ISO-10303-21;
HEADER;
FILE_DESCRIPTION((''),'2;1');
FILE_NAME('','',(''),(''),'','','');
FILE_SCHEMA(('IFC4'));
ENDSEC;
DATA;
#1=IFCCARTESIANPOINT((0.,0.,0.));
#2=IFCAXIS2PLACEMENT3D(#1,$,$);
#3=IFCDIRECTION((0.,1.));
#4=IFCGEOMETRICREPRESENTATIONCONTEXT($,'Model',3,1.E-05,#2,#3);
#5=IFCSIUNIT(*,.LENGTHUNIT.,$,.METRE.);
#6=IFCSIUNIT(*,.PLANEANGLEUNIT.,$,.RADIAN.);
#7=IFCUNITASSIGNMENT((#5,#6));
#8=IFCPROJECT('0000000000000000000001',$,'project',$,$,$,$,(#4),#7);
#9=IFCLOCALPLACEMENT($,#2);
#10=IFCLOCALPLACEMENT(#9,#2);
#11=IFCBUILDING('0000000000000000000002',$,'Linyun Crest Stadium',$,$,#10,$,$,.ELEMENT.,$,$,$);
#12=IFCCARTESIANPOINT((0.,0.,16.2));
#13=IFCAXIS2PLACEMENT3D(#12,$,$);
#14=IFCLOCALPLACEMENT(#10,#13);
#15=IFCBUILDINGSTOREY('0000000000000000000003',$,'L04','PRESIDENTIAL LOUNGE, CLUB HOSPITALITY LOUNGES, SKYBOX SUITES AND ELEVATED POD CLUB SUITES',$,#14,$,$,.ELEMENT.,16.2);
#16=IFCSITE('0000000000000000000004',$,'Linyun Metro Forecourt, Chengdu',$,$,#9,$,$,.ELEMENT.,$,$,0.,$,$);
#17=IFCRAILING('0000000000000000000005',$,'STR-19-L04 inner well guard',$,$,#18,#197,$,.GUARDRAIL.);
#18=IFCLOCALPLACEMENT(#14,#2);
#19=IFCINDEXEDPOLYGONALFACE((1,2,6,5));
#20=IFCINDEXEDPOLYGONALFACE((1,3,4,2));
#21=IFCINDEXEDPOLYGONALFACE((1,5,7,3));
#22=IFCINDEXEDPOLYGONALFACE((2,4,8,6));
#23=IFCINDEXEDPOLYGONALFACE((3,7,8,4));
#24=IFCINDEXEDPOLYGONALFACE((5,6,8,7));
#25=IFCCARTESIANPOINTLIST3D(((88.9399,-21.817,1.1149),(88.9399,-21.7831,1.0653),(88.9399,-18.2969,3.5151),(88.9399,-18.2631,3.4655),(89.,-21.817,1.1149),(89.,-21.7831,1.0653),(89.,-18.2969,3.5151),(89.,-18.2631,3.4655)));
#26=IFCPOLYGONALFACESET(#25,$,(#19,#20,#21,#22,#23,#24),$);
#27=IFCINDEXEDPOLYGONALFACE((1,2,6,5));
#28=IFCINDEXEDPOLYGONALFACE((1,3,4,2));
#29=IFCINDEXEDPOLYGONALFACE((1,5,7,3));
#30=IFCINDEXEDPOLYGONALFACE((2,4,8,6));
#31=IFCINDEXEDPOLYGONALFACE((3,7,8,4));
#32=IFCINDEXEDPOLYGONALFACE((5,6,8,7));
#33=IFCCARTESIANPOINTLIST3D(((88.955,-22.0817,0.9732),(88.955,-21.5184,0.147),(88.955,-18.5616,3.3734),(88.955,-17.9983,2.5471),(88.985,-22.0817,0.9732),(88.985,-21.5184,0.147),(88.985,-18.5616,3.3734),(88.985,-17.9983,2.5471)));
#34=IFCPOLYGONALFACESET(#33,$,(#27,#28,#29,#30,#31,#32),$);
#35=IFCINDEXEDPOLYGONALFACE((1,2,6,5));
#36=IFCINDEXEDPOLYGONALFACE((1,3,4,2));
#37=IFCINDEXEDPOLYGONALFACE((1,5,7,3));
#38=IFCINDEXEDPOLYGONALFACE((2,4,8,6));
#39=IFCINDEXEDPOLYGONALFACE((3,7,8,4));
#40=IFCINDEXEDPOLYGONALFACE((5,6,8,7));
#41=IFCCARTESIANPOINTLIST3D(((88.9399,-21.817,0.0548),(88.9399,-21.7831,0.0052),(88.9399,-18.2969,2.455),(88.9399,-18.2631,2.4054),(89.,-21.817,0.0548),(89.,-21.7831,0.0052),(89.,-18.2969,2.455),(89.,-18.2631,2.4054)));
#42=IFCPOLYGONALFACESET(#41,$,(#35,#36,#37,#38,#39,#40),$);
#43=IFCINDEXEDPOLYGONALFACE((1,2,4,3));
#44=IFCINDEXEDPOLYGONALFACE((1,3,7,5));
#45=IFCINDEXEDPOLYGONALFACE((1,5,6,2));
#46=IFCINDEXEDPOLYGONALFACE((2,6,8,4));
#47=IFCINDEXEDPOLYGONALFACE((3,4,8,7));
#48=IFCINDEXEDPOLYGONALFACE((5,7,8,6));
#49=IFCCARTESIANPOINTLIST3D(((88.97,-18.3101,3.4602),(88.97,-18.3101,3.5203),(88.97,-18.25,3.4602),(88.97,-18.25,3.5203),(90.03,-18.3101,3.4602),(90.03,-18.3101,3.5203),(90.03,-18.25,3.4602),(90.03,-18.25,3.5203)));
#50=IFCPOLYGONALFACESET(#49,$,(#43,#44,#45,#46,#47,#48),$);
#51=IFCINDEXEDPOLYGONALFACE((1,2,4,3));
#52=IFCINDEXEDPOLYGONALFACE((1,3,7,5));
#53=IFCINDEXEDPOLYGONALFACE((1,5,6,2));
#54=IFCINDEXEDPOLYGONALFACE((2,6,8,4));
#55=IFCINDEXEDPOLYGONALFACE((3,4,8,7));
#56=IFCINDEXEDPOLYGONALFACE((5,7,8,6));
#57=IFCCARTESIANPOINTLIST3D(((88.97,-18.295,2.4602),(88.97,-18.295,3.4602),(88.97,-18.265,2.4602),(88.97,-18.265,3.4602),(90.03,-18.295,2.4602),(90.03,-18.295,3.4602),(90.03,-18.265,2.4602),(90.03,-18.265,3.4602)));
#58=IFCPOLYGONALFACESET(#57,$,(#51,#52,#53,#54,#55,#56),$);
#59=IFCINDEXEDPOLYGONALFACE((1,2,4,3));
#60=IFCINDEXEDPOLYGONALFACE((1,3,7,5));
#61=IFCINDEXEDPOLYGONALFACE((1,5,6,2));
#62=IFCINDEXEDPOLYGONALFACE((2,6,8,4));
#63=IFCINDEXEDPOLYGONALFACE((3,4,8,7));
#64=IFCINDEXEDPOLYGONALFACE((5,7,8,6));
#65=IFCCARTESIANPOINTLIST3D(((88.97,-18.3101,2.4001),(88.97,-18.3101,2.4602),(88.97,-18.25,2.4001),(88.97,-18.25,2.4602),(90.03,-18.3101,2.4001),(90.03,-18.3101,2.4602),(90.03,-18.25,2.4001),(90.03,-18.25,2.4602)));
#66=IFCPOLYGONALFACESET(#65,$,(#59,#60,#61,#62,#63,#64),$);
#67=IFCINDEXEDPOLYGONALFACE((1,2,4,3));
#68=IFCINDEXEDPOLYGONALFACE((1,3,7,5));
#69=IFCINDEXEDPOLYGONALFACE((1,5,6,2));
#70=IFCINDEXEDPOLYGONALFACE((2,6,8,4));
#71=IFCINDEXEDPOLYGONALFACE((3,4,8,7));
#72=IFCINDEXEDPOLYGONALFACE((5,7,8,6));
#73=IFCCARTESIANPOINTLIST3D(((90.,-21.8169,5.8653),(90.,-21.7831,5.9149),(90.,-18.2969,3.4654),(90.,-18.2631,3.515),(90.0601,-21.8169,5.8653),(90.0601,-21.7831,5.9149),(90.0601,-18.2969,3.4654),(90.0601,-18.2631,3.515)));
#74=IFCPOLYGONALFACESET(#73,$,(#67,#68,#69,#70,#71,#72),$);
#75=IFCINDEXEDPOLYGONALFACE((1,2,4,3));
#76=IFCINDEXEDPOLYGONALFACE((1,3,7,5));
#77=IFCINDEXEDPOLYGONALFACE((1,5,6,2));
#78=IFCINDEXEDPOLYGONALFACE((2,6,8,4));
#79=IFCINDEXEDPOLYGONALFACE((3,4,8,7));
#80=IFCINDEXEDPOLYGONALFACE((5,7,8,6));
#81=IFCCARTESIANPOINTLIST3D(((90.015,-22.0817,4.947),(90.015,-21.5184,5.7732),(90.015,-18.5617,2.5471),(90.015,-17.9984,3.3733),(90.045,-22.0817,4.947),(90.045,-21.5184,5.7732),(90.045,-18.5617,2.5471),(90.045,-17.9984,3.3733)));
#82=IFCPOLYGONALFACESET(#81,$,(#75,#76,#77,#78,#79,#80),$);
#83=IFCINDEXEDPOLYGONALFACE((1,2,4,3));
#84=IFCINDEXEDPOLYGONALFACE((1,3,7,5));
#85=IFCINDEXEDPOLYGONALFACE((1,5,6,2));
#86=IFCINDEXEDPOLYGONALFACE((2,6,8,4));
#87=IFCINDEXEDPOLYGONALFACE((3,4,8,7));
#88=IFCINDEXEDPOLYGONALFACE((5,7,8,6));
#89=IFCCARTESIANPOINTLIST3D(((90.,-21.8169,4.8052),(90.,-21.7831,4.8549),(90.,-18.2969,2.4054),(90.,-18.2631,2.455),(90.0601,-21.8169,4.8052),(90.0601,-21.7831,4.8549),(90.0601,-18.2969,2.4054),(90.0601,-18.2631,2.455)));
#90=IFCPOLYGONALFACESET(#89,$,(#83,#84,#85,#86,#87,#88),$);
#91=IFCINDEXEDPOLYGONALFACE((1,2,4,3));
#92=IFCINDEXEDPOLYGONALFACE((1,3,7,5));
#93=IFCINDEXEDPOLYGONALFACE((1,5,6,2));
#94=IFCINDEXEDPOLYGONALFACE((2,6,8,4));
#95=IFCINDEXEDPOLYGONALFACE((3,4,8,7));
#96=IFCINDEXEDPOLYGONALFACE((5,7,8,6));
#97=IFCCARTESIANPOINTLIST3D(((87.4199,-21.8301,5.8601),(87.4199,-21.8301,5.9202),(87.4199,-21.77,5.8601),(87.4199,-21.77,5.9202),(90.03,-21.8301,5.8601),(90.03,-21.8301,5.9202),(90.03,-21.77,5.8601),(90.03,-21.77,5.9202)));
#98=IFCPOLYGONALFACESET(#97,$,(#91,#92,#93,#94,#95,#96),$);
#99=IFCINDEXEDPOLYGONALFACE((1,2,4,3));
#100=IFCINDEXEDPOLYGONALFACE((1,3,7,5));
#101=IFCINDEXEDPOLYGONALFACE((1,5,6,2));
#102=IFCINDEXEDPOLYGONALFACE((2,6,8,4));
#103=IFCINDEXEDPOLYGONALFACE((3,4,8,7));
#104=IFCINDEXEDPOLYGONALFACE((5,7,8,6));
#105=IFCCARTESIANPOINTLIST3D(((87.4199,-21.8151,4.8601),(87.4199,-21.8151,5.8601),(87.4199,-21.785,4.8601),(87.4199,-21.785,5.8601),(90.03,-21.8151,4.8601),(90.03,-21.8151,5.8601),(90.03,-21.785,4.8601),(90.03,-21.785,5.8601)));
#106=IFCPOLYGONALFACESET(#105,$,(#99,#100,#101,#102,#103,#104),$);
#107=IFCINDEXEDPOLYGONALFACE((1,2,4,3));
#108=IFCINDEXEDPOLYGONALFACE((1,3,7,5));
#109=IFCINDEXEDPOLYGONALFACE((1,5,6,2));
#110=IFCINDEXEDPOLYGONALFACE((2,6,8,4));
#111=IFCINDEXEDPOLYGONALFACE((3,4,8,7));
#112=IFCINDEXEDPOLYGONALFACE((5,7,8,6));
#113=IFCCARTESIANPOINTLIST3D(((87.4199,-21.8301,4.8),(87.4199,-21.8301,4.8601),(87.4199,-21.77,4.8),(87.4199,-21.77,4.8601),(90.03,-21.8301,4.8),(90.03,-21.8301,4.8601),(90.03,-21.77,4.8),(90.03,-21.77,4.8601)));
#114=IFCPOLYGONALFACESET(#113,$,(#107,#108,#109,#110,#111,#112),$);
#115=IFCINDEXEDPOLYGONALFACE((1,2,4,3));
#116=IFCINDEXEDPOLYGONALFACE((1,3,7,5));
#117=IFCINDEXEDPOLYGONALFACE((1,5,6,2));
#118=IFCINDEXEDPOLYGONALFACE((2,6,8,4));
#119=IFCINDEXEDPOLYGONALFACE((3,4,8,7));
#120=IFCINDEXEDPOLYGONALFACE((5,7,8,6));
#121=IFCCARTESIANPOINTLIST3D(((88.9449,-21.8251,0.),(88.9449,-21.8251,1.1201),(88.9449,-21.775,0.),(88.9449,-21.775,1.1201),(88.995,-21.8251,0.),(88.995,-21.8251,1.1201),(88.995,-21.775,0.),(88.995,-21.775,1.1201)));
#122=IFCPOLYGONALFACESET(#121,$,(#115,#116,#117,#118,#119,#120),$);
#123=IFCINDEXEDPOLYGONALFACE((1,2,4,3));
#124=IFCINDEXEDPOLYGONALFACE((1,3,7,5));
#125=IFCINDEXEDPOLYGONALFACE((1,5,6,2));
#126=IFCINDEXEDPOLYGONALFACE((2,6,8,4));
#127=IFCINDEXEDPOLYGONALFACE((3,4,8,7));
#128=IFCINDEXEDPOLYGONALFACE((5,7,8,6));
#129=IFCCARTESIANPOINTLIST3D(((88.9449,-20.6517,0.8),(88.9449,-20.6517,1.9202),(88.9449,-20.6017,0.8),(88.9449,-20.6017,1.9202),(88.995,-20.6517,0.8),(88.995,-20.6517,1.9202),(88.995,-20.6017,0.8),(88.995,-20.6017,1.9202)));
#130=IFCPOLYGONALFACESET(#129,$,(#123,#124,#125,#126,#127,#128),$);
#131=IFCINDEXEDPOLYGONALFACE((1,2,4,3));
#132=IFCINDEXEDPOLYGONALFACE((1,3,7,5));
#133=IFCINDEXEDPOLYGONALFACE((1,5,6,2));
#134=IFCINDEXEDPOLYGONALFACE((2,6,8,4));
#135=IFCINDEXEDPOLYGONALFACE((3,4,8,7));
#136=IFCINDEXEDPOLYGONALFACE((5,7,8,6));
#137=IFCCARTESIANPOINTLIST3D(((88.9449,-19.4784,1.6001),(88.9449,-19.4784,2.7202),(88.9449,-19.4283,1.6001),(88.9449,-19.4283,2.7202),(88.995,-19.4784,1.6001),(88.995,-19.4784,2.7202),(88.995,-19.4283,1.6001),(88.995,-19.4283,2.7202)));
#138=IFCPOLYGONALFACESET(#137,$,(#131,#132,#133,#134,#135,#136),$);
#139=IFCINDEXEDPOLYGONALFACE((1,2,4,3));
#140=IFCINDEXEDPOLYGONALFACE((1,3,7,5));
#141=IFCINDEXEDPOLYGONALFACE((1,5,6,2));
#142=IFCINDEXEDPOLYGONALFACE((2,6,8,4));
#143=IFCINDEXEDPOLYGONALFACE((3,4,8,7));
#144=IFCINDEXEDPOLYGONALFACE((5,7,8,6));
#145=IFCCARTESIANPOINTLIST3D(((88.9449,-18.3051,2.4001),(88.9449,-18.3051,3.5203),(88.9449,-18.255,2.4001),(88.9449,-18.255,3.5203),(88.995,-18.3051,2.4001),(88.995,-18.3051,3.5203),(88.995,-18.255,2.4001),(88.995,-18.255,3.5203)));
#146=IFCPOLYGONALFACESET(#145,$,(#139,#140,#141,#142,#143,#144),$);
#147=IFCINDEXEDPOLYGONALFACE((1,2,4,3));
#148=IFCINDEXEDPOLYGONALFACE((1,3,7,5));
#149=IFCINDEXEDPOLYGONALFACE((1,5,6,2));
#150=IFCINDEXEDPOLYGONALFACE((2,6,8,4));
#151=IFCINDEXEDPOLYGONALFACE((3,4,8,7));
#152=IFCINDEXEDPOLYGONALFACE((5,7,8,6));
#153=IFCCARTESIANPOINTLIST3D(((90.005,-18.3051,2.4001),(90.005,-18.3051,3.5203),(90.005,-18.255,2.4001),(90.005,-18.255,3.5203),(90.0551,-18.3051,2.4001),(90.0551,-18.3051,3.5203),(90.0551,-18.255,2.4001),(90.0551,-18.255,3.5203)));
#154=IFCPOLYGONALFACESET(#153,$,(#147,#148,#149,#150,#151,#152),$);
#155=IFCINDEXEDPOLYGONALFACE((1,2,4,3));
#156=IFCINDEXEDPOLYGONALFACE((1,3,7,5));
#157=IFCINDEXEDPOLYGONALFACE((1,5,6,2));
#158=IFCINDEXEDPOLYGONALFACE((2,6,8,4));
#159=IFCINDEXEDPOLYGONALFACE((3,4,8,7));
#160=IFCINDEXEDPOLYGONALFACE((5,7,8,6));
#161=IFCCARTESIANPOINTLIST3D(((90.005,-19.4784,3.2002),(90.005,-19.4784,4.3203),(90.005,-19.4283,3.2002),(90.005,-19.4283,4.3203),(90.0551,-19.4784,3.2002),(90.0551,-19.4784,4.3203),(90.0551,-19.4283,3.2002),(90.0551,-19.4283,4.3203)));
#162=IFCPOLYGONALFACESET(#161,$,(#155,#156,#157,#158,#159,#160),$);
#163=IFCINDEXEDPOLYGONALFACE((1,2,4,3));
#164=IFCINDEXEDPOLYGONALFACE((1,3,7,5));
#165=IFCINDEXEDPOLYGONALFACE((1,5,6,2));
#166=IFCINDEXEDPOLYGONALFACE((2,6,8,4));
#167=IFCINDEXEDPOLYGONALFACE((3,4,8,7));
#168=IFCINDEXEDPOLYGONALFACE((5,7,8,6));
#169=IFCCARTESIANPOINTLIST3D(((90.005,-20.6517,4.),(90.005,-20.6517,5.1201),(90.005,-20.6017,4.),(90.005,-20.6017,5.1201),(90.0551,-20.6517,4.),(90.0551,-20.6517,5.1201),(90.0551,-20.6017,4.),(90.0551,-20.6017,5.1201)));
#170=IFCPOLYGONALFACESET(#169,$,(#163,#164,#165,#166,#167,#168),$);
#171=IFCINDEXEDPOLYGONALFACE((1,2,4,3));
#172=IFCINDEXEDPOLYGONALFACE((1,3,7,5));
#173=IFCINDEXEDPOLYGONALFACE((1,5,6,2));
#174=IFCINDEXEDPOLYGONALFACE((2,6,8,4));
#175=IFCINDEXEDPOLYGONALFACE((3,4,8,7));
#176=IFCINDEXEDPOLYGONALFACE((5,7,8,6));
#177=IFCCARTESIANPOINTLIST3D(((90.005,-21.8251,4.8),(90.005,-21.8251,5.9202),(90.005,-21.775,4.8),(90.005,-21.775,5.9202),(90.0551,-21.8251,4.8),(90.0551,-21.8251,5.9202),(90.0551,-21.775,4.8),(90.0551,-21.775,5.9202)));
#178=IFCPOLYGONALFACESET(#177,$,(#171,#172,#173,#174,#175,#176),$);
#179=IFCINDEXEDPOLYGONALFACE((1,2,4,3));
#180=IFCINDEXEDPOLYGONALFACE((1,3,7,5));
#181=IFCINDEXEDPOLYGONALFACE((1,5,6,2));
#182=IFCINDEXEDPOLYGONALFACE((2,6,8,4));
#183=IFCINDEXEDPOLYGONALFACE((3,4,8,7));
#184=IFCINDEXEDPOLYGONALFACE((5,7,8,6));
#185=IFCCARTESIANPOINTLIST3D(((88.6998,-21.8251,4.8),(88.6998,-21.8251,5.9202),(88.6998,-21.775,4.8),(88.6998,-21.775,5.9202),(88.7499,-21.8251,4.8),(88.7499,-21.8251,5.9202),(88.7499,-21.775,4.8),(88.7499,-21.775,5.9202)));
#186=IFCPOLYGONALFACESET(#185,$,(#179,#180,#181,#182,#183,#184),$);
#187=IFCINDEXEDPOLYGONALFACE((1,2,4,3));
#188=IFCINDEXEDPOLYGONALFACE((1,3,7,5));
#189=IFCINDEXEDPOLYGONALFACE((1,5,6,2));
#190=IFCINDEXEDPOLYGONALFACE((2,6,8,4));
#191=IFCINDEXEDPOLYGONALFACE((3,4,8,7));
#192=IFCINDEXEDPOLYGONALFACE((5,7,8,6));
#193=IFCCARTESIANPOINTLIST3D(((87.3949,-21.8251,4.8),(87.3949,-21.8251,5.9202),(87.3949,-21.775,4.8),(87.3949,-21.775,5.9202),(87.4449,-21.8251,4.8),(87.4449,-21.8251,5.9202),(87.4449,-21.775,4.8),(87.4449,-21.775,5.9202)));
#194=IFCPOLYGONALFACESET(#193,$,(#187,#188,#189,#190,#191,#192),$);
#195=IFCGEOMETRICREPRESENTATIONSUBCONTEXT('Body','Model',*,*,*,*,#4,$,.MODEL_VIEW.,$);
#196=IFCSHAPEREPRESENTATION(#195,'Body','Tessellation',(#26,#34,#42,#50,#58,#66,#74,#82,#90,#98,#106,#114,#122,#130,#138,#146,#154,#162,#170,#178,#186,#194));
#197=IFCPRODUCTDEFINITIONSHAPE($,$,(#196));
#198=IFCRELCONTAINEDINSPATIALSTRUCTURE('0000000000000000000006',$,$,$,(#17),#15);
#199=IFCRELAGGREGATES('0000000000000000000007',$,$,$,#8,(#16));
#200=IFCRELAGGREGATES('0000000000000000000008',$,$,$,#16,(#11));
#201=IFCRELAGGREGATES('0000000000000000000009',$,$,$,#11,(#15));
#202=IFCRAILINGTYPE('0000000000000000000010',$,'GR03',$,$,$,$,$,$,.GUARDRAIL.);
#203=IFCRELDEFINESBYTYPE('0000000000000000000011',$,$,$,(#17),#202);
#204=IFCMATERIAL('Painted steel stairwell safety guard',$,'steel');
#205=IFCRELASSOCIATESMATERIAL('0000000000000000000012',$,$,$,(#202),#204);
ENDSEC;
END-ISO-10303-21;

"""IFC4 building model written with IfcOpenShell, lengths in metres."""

from ifc_helpers import new_model, si_unit, direction, frame, origin, origin_2d, place, context, subcontext, project, spatial, rectangle, extrude, material, type_object, element, save


model = new_model("IFC4")

# Units and contexts
model_context = context("Model", 3, precision=1e-05, world=origin(), true_north=direction((0.0, 1.0)))
body_context = subcontext(model_context, "Body", "Model", "MODEL_VIEW")
ifc_project = project(units=[si_unit("LENGTHUNIT", "METRE"), si_unit("PLANEANGLEUNIT", "RADIAN")], contexts=[model_context])

# Site, building, storey
site_placement = place(None, origin())
site = spatial("IfcSite", under=ifc_project, at=site_placement, Name="Linyun Metro Forecourt, Chengdu", CompositionType="ELEMENT", RefElevation=0.0)
building_placement = place(site_placement, origin())
building = spatial("IfcBuilding", under=site, at=building_placement, Name="Linyun Crest Stadium", CompositionType="ELEMENT")
storey_placement = place(building_placement, frame((0.0, 0.0, 16.2)))
storey = spatial("IfcBuildingStorey", under=building, at=storey_placement, Name="L04", Description="PRESIDENTIAL LOUNGE, CLUB HOSPITALITY LOUNGES, SKYBOX SUITES AND ELEVATED POD CLUB SUITES", CompositionType="ELEMENT", Elevation=16.2)

# Railing
ifc_material_1 = material(Name="Painted steel stairwell safety guard", Category="steel")
railing_type_1 = type_object("IfcRailingType", Name="GR03", PredefinedType="GUARDRAIL", material=ifc_material_1)
railing_1_placement = place(storey_placement, frame((88.97, -21.8, 0.0)))
element("IfcRailing", 1, at=railing_1_placement, inside=storey, type_object=railing_type_1, Name="STR-19-L04 inner well guard", PredefinedType="GUARDRAIL", context=body_context, shape_type="SweptSolid", body=[
    extrude(rectangle(XDim=0.0601, YDim=0.0601, at=origin_2d()), frame((0.0, 0.0, 1.0901), z_axis=(0.0, 0.826213, 0.563358), x_axis=(-1.0, 0.0, 0.0)), (0.0, 0.0, 1.0), 4.2605),
    extrude(rectangle(XDim=0.03, YDim=1.0, at=origin_2d()), frame((0.0, 0.0, 0.5601), z_axis=(0.0, 0.826213, 0.563358), x_axis=(-1.0, 0.0, 0.0)), (0.0, 0.0, 1.0), 4.2605),
    extrude(rectangle(XDim=0.0601, YDim=0.0601, at=origin_2d()), frame((0.0, 0.0, 0.03), z_axis=(0.0, 0.826213, 0.563358), x_axis=(-1.0, 0.0, 0.0)), (0.0, 0.0, 1.0), 4.2605),
    extrude(rectangle(XDim=0.0601, YDim=0.0601, at=origin_2d()), frame((0.0, 3.52, 3.4902), z_axis=(1.0, 0.0, 0.0), x_axis=(0.0, 1.0, 0.0)), (0.0, 0.0, 1.0), 1.0601),
    extrude(rectangle(XDim=0.03, YDim=1.0, at=origin_2d()), frame((0.0, 3.52, 2.9602), z_axis=(1.0, 0.0, 0.0), x_axis=(0.0, 1.0, 0.0)), (0.0, 0.0, 1.0), 1.0601),
    extrude(rectangle(XDim=0.0601, YDim=0.0601, at=origin_2d()), frame((0.0, 3.52, 2.4302), z_axis=(1.0, 0.0, 0.0), x_axis=(0.0, 1.0, 0.0)), (0.0, 0.0, 1.0), 1.0601),
    extrude(rectangle(XDim=0.0601, YDim=0.0601, at=origin_2d()), frame((1.0601, 3.52, 3.4902), z_axis=(0.0, -0.826239, 0.563319), x_axis=(1.0, 0.0, 0.0)), (0.0, 0.0, 1.0), 4.2603),
    extrude(rectangle(XDim=0.03, YDim=1.0, at=origin_2d()), frame((1.0601, 3.52, 2.9602), z_axis=(0.0, -0.826239, 0.563319), x_axis=(1.0, 0.0, 0.0)), (0.0, 0.0, 1.0), 4.2603),
    extrude(rectangle(XDim=0.0601, YDim=0.0601, at=origin_2d()), frame((1.0601, 3.52, 2.4302), z_axis=(0.0, -0.826239, 0.563319), x_axis=(1.0, 0.0, 0.0)), (0.0, 0.0, 1.0), 4.2603),
    extrude(rectangle(XDim=0.0601, YDim=0.0601, at=origin_2d()), frame((1.0601, 0.0, 5.8901), z_axis=(-1.0, 0.0, 0.0), x_axis=(0.0, -1.0, 0.0)), (0.0, 0.0, 1.0), 2.6101),
    extrude(rectangle(XDim=0.03, YDim=1.0, at=origin_2d()), frame((1.0601, 0.0, 5.3601), z_axis=(-1.0, 0.0, 0.0), x_axis=(0.0, -1.0, 0.0)), (0.0, 0.0, 1.0), 2.6101),
    extrude(rectangle(XDim=0.0601, YDim=0.0601, at=origin_2d()), frame((1.0601, 0.0, 4.8301), z_axis=(-1.0, 0.0, 0.0), x_axis=(0.0, -1.0, 0.0)), (0.0, 0.0, 1.0), 2.6101),
    extrude(rectangle(XDim=0.05, YDim=0.05, at=origin_2d()), origin(), (0.0, 0.0, 1.0), 1.1201),
    extrude(rectangle(XDim=0.05, YDim=0.05, at=origin_2d()), frame((0.0, 1.1733, 0.8)), (0.0, 0.0, 1.0), 1.1201),
    extrude(rectangle(XDim=0.05, YDim=0.05, at=origin_2d()), frame((0.0, 2.3467, 1.6001)), (0.0, 0.0, 1.0), 1.1201),
    extrude(rectangle(XDim=0.05, YDim=0.05, at=origin_2d()), frame((0.0, 3.52, 2.4001)), (0.0, 0.0, 1.0), 1.1201),
    extrude(rectangle(XDim=0.05, YDim=0.05, at=origin_2d()), frame((1.0601, 3.52, 2.4001)), (0.0, 0.0, 1.0), 1.1201),
    extrude(rectangle(XDim=0.05, YDim=0.05, at=origin_2d()), frame((1.0601, 2.3467, 3.2002)), (0.0, 0.0, 1.0), 1.1201),
    extrude(rectangle(XDim=0.05, YDim=0.05, at=origin_2d()), frame((1.0601, 1.1733, 4.0)), (0.0, 0.0, 1.0), 1.1201),
    extrude(rectangle(XDim=0.05, YDim=0.05, at=origin_2d()), frame((1.0601, 0.0, 4.8)), (0.0, 0.0, 1.0), 1.1201),
    extrude(rectangle(XDim=0.05, YDim=0.05, at=origin_2d()), frame((-0.2451, 0.0, 4.8)), (0.0, 0.0, 1.0), 1.1201),
    extrude(rectangle(XDim=0.05, YDim=0.05, at=origin_2d()), frame((-1.55, 0.0, 4.8)), (0.0, 0.0, 1.0), 1.1201),
])

save(model, "model.ifc")
